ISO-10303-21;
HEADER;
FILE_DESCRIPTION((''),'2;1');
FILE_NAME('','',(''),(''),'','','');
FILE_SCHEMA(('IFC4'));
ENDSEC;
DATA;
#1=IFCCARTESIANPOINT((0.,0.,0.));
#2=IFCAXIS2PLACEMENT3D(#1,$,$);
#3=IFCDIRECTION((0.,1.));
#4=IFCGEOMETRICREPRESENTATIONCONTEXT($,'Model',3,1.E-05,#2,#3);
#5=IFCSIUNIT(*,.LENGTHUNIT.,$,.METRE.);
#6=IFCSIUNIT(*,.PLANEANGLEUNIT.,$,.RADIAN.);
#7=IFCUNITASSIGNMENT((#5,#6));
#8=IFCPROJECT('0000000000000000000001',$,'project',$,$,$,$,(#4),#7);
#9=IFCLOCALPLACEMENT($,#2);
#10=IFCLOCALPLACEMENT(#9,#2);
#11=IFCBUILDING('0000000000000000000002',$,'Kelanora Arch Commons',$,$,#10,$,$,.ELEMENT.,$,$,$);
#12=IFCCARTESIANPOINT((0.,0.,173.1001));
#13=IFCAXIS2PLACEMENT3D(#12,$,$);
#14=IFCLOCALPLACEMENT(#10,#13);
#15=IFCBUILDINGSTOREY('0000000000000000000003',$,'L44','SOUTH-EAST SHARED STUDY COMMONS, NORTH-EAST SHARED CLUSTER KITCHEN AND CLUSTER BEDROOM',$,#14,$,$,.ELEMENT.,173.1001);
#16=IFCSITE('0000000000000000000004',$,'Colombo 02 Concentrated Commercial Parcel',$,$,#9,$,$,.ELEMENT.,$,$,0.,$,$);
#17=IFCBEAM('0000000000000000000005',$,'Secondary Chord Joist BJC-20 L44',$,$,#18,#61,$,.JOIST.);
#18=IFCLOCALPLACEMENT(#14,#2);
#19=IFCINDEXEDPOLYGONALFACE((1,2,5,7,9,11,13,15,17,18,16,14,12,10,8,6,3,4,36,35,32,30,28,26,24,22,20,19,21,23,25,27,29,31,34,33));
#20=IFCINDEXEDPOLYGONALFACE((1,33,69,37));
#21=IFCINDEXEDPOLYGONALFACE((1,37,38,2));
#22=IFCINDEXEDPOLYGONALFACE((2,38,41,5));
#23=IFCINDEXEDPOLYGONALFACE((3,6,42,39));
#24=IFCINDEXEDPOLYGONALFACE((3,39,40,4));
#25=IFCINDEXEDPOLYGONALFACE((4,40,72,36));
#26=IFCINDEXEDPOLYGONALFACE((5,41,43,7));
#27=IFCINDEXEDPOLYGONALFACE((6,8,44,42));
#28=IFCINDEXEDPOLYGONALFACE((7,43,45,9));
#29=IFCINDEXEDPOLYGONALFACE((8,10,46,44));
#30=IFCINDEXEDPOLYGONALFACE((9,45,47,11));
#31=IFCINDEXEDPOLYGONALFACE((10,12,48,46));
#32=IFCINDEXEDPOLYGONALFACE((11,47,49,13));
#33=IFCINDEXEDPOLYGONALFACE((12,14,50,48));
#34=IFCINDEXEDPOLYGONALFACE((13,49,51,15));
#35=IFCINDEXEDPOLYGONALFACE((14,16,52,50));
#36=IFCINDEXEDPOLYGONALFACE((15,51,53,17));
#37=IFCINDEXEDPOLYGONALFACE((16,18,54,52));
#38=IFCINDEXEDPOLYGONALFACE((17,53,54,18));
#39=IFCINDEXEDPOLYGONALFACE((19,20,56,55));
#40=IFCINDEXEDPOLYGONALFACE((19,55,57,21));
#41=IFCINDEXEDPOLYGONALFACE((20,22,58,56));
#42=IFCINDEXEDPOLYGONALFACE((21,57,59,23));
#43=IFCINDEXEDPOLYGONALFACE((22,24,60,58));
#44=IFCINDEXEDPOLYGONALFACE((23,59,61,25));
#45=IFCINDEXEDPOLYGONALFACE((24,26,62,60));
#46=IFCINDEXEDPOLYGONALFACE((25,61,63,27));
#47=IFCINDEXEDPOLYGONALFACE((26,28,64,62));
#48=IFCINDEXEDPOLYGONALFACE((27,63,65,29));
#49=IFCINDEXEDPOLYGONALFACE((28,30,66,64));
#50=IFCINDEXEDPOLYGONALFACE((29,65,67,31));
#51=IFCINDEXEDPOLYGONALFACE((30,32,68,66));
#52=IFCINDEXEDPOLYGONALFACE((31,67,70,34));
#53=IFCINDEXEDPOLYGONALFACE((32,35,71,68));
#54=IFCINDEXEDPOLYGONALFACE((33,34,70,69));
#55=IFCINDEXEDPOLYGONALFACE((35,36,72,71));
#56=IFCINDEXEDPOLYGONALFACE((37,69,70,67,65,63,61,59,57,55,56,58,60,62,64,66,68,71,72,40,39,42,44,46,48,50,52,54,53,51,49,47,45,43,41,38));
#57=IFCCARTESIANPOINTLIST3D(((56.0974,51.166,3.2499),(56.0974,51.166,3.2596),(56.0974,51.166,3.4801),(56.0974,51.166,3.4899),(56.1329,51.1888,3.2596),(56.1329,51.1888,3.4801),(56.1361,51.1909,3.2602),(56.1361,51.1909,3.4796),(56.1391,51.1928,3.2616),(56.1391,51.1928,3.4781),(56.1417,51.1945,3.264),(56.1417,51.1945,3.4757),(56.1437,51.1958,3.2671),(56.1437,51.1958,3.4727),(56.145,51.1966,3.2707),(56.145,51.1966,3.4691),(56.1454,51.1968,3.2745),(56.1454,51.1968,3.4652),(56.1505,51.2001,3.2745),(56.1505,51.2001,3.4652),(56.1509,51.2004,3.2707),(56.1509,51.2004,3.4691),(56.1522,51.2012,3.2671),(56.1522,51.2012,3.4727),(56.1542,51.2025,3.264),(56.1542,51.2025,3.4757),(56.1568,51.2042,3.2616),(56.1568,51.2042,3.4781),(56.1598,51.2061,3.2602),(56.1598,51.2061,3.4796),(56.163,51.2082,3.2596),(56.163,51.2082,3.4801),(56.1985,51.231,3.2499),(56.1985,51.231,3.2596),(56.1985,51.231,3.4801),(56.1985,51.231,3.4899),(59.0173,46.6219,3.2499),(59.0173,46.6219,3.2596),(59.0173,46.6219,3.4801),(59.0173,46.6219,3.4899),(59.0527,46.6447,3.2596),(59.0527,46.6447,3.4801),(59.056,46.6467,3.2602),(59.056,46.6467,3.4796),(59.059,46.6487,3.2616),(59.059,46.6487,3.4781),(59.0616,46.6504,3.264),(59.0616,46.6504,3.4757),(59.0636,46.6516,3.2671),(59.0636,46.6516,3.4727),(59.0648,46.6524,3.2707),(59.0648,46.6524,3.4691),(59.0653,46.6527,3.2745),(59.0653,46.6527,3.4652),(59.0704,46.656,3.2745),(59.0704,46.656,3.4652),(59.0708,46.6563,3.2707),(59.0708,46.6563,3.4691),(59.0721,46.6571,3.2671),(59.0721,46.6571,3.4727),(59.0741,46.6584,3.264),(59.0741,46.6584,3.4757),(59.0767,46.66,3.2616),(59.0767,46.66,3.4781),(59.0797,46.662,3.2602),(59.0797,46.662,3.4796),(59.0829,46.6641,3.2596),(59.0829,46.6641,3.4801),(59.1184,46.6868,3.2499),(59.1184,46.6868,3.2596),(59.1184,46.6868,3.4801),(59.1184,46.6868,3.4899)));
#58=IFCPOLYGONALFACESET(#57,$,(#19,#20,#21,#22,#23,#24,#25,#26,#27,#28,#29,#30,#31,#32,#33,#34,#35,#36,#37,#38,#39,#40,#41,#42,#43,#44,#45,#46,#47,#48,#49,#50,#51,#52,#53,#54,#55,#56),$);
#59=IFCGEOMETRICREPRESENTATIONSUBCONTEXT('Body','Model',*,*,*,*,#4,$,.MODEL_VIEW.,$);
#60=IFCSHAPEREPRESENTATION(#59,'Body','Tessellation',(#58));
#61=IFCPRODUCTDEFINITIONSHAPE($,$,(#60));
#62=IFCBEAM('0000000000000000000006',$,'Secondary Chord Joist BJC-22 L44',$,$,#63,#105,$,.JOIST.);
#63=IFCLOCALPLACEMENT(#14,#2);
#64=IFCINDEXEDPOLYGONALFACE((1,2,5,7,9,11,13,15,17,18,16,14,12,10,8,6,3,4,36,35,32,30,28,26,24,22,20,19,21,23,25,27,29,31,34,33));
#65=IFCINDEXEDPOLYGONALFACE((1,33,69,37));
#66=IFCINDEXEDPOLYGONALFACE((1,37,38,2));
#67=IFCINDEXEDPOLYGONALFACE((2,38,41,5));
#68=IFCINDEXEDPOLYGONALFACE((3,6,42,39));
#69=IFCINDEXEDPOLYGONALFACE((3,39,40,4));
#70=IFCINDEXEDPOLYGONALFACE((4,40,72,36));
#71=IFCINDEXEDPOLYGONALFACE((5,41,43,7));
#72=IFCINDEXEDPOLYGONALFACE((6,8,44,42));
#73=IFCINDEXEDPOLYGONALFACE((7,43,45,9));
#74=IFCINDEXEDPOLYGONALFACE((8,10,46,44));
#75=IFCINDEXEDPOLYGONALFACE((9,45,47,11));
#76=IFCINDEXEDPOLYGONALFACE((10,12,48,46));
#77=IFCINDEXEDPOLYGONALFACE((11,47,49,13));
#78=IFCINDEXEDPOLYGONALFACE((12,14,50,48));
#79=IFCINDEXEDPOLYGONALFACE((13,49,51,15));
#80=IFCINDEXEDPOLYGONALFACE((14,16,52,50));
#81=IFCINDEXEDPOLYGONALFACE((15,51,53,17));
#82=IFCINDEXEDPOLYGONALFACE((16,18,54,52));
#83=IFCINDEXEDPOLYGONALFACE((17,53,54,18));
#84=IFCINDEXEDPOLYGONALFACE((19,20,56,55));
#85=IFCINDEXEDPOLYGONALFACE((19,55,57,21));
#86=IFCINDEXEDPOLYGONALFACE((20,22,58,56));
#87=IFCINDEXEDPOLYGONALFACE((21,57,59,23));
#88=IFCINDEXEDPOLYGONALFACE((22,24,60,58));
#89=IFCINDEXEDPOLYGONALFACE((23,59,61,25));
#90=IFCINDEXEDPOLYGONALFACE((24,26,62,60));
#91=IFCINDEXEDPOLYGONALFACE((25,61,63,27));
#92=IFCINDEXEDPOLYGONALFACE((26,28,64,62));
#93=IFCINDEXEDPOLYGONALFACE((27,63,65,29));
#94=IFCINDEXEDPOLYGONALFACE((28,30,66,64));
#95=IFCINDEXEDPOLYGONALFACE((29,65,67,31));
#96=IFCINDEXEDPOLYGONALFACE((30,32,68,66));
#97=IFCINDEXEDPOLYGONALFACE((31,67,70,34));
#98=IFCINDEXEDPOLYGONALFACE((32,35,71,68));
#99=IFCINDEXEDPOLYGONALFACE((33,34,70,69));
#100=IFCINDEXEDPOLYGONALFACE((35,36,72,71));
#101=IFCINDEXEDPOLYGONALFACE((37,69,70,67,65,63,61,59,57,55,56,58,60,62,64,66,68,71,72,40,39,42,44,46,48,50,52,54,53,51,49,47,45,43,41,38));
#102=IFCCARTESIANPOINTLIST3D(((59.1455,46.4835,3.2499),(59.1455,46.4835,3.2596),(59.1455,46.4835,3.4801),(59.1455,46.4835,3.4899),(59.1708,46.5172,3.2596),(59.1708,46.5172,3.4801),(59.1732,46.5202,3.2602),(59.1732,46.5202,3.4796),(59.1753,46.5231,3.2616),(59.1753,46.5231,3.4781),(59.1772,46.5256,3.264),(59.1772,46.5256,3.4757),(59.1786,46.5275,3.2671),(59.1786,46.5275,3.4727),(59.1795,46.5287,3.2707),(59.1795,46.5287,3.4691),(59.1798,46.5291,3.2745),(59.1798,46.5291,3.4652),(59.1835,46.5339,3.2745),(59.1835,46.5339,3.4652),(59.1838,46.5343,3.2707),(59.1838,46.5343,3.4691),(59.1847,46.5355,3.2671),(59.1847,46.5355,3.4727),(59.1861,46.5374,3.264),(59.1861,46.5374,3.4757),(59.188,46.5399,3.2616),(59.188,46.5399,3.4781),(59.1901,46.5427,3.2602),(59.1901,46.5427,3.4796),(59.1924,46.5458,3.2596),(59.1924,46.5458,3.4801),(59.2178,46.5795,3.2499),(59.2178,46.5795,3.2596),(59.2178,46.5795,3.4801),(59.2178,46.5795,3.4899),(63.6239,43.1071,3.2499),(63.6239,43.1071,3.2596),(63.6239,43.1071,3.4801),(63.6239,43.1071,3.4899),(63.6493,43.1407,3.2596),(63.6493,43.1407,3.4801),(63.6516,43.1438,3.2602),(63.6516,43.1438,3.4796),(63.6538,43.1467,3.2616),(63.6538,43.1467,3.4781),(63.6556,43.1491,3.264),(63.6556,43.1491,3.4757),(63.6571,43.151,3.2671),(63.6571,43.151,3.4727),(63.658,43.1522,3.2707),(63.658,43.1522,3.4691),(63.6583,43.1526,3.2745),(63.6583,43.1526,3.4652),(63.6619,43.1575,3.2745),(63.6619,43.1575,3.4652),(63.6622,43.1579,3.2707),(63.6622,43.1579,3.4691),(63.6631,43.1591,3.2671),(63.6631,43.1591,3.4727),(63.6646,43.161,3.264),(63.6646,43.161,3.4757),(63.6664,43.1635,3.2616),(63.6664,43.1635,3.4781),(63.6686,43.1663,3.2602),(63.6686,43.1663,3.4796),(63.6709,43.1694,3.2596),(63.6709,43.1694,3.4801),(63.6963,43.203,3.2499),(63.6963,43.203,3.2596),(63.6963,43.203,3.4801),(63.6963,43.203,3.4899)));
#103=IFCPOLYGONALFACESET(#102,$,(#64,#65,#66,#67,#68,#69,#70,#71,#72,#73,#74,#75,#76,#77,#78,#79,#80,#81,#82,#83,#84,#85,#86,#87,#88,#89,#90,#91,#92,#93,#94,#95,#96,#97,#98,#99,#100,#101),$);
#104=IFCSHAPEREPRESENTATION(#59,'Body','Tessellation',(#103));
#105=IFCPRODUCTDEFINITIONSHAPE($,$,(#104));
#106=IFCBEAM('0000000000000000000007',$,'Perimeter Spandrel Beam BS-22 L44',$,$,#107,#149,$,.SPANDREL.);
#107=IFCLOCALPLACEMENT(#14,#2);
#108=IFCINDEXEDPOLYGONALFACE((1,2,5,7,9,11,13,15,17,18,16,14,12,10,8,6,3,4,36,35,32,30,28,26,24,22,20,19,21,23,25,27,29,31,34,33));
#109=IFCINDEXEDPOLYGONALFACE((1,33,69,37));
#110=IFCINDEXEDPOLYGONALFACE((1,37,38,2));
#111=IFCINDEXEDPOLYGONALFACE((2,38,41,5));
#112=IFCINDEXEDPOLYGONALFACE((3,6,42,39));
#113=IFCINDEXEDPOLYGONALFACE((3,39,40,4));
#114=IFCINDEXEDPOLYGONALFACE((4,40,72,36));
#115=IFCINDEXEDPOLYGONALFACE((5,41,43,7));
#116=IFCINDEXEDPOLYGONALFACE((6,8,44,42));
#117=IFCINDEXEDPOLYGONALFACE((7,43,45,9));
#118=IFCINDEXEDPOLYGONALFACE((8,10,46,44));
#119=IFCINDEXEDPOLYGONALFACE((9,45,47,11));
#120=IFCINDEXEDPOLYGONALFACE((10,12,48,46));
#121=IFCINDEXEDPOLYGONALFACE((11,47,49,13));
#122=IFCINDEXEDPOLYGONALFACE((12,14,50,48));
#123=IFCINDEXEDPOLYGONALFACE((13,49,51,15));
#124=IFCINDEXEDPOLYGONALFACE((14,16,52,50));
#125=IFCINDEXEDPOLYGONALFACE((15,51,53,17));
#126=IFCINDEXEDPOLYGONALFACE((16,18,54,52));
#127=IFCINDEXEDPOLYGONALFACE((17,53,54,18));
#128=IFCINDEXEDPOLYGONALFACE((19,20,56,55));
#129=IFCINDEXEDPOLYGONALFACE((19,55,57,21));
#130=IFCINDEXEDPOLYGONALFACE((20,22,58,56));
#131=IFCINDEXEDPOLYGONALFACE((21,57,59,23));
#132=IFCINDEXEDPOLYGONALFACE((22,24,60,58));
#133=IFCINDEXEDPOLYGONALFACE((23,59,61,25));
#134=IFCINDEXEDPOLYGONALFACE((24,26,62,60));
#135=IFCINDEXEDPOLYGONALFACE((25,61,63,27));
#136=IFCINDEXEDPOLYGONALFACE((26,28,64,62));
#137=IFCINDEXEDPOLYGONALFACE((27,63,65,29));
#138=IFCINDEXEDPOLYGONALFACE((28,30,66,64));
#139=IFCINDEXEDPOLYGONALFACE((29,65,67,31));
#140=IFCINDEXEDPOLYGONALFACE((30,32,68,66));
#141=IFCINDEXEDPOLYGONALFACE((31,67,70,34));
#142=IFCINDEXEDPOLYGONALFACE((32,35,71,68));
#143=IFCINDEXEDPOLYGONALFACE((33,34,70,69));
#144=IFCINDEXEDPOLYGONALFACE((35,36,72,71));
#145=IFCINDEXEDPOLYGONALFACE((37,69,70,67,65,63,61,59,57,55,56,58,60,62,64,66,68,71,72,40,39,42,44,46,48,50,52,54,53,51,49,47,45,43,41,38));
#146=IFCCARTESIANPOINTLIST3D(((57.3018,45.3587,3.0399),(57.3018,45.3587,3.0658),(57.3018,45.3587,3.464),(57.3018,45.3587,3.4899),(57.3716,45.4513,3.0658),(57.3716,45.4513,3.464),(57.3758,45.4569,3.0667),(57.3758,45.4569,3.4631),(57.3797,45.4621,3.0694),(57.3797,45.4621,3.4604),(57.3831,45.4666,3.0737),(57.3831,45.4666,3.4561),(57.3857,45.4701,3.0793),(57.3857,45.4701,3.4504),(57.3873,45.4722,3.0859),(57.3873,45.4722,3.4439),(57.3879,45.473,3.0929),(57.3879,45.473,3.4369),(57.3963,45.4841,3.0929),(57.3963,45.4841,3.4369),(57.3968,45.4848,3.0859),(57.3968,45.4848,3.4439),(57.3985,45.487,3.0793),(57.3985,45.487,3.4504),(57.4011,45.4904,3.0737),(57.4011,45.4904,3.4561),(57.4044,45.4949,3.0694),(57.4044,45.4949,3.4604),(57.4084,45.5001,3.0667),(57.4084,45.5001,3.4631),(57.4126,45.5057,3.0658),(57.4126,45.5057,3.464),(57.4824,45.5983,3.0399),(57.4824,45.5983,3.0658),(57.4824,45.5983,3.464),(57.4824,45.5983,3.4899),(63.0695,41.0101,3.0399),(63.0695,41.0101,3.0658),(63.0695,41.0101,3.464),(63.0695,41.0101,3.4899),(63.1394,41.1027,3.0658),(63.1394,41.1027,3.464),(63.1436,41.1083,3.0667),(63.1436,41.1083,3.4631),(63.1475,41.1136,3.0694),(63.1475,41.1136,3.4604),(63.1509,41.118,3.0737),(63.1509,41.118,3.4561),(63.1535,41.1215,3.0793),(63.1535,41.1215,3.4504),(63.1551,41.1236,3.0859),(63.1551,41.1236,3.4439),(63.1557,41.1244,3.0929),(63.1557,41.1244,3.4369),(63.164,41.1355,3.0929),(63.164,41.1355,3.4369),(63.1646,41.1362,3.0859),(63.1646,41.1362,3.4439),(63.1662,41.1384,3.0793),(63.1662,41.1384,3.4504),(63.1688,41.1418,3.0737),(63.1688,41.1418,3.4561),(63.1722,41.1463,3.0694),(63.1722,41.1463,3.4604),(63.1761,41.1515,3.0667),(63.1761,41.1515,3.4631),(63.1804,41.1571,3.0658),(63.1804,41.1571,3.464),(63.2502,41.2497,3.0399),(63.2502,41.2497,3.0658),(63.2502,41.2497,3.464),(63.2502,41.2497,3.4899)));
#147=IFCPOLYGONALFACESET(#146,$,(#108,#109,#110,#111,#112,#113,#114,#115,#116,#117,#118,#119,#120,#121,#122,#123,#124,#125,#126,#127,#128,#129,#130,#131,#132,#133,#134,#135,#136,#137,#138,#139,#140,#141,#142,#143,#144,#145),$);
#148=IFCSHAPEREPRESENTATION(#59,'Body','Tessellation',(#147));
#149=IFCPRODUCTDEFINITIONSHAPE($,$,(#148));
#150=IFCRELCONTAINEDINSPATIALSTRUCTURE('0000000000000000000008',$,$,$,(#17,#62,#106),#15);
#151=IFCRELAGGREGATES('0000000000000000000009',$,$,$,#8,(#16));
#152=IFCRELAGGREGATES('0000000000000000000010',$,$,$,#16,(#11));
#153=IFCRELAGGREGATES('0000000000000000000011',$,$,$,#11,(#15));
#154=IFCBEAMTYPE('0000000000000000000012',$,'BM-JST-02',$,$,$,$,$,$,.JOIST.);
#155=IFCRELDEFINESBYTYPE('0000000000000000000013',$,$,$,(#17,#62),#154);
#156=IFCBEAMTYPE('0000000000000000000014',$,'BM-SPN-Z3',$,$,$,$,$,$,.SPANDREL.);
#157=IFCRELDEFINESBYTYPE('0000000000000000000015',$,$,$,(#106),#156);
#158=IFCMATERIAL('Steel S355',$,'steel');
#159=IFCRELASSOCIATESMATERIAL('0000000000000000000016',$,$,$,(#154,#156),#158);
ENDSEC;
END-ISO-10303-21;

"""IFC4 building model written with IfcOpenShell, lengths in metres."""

from ifc_helpers import new_model, si_unit, direction, frame, origin, origin_2d, place, context, subcontext, project, spatial, i_section, extrude, material, material_profile, profile_set, type_object, element, save


model = new_model("IFC4")

# Units and contexts
model_context = context("Model", 3, precision=1e-05, world=origin(), true_north=direction((0.0, 1.0)))
body_context = subcontext(model_context, "Body", "Model", "MODEL_VIEW")
ifc_project = project(units=[si_unit("LENGTHUNIT", "METRE"), si_unit("PLANEANGLEUNIT", "RADIAN")], contexts=[model_context])

# Site, building, storey
site_placement = place(None, origin())
site = spatial("IfcSite", under=ifc_project, at=site_placement, Name="Colombo 02 Concentrated Commercial Parcel", CompositionType="ELEMENT", RefElevation=0.0)
building_placement = place(site_placement, origin())
building = spatial("IfcBuilding", under=site, at=building_placement, Name="Kelanora Arch Commons", CompositionType="ELEMENT")
storey_placement = place(building_placement, frame((0.0, 0.0, 173.1001)))
storey = spatial("IfcBuildingStorey", under=building, at=storey_placement, Name="L44", Description="SOUTH-EAST SHARED STUDY COMMONS, NORTH-EAST SHARED CLUSTER KITCHEN AND CLUSTER BEDROOM", CompositionType="ELEMENT", Elevation=173.1001)

# Beams
ifc_material_1 = material(Name="Steel S355", Category="steel")
ifc_material_profile_1 = material_profile(ifc_material_1, i_section(OverallWidth=0.1201, OverallDepth=0.24, WebThickness=0.0061, FlangeThickness=0.0098, FilletRadius=0.0149, at=origin_2d()), Name="IPE240")
ifc_profile_set_1 = profile_set([ifc_material_profile_1], Name="Steel S355")
beam_type_1 = type_object("IfcBeamType", Name="BM-JST-02", PredefinedType="JOIST", material=ifc_profile_set_1)
beam_1_placement = place(storey_placement, frame((56.1479, 51.1985, 3.3699), z_axis=(0.540582, -0.841292, 0.0), x_axis=(0.841292, 0.540582, 0.0)))
element("IfcBeam", 1, at=beam_1_placement, inside=storey, type_object=beam_type_1, Name="Secondary Chord Joist BJC-20 L44", PredefinedType="JOIST", context=body_context, shape_type="SweptSolid", body=[
    extrude(i_section(OverallWidth=0.1201, OverallDepth=0.24, WebThickness=0.0061, FlangeThickness=0.0098, FilletRadius=0.0149, at=origin_2d()), origin(), (0.0, 0.0, 1.0), 5.4014),
])
beam_2_placement = place(storey_placement, frame((59.1816, 46.5315, 3.3699), z_axis=(0.798493, -0.602004, 0.0), x_axis=(0.602004, 0.798493, 0.0)))
element("IfcBeam", 2, at=beam_2_placement, inside=storey, type_object=beam_type_1, Name="Secondary Chord Joist BJC-22 L44", PredefinedType="JOIST", context=body_context, shape_type="SweptSolid", body=[
    extrude(i_section(OverallWidth=0.1201, OverallDepth=0.24, WebThickness=0.0061, FlangeThickness=0.0098, FilletRadius=0.0149, at=origin_2d()), origin(), (0.0, 0.0, 1.0), 5.6086),
])
ifc_material_profile_2 = material_profile(ifc_material_1, i_section(OverallWidth=0.3, OverallDepth=0.45, WebThickness=0.0139, FlangeThickness=0.0259, FilletRadius=0.0271, at=origin_2d()), Name="HEB450")
ifc_profile_set_2 = profile_set([ifc_material_profile_2], Name="Steel S355")
beam_type_2 = type_object("IfcBeamType", Name="BM-SPN-Z3", PredefinedType="SPANDREL", material=ifc_profile_set_2)
beam_3_placement = place(storey_placement, frame((57.3921, 45.4785, 3.2649), z_axis=(0.798485, -0.602015, 0.0), x_axis=(0.602015, 0.798485, 0.0)))
element("IfcBeam", 3, at=beam_3_placement, inside=storey, type_object=beam_type_2, Name="Perimeter Spandrel Beam BS-22 L44", PredefinedType="SPANDREL", context=body_context, shape_type="SweptSolid", body=[
    extrude(i_section(OverallWidth=0.3, OverallDepth=0.45, WebThickness=0.0139, FlangeThickness=0.0259, FilletRadius=0.0271, at=origin_2d()), origin(), (0.0, 0.0, 1.0), 7.2234),
])

save(model, "model.ifc")
